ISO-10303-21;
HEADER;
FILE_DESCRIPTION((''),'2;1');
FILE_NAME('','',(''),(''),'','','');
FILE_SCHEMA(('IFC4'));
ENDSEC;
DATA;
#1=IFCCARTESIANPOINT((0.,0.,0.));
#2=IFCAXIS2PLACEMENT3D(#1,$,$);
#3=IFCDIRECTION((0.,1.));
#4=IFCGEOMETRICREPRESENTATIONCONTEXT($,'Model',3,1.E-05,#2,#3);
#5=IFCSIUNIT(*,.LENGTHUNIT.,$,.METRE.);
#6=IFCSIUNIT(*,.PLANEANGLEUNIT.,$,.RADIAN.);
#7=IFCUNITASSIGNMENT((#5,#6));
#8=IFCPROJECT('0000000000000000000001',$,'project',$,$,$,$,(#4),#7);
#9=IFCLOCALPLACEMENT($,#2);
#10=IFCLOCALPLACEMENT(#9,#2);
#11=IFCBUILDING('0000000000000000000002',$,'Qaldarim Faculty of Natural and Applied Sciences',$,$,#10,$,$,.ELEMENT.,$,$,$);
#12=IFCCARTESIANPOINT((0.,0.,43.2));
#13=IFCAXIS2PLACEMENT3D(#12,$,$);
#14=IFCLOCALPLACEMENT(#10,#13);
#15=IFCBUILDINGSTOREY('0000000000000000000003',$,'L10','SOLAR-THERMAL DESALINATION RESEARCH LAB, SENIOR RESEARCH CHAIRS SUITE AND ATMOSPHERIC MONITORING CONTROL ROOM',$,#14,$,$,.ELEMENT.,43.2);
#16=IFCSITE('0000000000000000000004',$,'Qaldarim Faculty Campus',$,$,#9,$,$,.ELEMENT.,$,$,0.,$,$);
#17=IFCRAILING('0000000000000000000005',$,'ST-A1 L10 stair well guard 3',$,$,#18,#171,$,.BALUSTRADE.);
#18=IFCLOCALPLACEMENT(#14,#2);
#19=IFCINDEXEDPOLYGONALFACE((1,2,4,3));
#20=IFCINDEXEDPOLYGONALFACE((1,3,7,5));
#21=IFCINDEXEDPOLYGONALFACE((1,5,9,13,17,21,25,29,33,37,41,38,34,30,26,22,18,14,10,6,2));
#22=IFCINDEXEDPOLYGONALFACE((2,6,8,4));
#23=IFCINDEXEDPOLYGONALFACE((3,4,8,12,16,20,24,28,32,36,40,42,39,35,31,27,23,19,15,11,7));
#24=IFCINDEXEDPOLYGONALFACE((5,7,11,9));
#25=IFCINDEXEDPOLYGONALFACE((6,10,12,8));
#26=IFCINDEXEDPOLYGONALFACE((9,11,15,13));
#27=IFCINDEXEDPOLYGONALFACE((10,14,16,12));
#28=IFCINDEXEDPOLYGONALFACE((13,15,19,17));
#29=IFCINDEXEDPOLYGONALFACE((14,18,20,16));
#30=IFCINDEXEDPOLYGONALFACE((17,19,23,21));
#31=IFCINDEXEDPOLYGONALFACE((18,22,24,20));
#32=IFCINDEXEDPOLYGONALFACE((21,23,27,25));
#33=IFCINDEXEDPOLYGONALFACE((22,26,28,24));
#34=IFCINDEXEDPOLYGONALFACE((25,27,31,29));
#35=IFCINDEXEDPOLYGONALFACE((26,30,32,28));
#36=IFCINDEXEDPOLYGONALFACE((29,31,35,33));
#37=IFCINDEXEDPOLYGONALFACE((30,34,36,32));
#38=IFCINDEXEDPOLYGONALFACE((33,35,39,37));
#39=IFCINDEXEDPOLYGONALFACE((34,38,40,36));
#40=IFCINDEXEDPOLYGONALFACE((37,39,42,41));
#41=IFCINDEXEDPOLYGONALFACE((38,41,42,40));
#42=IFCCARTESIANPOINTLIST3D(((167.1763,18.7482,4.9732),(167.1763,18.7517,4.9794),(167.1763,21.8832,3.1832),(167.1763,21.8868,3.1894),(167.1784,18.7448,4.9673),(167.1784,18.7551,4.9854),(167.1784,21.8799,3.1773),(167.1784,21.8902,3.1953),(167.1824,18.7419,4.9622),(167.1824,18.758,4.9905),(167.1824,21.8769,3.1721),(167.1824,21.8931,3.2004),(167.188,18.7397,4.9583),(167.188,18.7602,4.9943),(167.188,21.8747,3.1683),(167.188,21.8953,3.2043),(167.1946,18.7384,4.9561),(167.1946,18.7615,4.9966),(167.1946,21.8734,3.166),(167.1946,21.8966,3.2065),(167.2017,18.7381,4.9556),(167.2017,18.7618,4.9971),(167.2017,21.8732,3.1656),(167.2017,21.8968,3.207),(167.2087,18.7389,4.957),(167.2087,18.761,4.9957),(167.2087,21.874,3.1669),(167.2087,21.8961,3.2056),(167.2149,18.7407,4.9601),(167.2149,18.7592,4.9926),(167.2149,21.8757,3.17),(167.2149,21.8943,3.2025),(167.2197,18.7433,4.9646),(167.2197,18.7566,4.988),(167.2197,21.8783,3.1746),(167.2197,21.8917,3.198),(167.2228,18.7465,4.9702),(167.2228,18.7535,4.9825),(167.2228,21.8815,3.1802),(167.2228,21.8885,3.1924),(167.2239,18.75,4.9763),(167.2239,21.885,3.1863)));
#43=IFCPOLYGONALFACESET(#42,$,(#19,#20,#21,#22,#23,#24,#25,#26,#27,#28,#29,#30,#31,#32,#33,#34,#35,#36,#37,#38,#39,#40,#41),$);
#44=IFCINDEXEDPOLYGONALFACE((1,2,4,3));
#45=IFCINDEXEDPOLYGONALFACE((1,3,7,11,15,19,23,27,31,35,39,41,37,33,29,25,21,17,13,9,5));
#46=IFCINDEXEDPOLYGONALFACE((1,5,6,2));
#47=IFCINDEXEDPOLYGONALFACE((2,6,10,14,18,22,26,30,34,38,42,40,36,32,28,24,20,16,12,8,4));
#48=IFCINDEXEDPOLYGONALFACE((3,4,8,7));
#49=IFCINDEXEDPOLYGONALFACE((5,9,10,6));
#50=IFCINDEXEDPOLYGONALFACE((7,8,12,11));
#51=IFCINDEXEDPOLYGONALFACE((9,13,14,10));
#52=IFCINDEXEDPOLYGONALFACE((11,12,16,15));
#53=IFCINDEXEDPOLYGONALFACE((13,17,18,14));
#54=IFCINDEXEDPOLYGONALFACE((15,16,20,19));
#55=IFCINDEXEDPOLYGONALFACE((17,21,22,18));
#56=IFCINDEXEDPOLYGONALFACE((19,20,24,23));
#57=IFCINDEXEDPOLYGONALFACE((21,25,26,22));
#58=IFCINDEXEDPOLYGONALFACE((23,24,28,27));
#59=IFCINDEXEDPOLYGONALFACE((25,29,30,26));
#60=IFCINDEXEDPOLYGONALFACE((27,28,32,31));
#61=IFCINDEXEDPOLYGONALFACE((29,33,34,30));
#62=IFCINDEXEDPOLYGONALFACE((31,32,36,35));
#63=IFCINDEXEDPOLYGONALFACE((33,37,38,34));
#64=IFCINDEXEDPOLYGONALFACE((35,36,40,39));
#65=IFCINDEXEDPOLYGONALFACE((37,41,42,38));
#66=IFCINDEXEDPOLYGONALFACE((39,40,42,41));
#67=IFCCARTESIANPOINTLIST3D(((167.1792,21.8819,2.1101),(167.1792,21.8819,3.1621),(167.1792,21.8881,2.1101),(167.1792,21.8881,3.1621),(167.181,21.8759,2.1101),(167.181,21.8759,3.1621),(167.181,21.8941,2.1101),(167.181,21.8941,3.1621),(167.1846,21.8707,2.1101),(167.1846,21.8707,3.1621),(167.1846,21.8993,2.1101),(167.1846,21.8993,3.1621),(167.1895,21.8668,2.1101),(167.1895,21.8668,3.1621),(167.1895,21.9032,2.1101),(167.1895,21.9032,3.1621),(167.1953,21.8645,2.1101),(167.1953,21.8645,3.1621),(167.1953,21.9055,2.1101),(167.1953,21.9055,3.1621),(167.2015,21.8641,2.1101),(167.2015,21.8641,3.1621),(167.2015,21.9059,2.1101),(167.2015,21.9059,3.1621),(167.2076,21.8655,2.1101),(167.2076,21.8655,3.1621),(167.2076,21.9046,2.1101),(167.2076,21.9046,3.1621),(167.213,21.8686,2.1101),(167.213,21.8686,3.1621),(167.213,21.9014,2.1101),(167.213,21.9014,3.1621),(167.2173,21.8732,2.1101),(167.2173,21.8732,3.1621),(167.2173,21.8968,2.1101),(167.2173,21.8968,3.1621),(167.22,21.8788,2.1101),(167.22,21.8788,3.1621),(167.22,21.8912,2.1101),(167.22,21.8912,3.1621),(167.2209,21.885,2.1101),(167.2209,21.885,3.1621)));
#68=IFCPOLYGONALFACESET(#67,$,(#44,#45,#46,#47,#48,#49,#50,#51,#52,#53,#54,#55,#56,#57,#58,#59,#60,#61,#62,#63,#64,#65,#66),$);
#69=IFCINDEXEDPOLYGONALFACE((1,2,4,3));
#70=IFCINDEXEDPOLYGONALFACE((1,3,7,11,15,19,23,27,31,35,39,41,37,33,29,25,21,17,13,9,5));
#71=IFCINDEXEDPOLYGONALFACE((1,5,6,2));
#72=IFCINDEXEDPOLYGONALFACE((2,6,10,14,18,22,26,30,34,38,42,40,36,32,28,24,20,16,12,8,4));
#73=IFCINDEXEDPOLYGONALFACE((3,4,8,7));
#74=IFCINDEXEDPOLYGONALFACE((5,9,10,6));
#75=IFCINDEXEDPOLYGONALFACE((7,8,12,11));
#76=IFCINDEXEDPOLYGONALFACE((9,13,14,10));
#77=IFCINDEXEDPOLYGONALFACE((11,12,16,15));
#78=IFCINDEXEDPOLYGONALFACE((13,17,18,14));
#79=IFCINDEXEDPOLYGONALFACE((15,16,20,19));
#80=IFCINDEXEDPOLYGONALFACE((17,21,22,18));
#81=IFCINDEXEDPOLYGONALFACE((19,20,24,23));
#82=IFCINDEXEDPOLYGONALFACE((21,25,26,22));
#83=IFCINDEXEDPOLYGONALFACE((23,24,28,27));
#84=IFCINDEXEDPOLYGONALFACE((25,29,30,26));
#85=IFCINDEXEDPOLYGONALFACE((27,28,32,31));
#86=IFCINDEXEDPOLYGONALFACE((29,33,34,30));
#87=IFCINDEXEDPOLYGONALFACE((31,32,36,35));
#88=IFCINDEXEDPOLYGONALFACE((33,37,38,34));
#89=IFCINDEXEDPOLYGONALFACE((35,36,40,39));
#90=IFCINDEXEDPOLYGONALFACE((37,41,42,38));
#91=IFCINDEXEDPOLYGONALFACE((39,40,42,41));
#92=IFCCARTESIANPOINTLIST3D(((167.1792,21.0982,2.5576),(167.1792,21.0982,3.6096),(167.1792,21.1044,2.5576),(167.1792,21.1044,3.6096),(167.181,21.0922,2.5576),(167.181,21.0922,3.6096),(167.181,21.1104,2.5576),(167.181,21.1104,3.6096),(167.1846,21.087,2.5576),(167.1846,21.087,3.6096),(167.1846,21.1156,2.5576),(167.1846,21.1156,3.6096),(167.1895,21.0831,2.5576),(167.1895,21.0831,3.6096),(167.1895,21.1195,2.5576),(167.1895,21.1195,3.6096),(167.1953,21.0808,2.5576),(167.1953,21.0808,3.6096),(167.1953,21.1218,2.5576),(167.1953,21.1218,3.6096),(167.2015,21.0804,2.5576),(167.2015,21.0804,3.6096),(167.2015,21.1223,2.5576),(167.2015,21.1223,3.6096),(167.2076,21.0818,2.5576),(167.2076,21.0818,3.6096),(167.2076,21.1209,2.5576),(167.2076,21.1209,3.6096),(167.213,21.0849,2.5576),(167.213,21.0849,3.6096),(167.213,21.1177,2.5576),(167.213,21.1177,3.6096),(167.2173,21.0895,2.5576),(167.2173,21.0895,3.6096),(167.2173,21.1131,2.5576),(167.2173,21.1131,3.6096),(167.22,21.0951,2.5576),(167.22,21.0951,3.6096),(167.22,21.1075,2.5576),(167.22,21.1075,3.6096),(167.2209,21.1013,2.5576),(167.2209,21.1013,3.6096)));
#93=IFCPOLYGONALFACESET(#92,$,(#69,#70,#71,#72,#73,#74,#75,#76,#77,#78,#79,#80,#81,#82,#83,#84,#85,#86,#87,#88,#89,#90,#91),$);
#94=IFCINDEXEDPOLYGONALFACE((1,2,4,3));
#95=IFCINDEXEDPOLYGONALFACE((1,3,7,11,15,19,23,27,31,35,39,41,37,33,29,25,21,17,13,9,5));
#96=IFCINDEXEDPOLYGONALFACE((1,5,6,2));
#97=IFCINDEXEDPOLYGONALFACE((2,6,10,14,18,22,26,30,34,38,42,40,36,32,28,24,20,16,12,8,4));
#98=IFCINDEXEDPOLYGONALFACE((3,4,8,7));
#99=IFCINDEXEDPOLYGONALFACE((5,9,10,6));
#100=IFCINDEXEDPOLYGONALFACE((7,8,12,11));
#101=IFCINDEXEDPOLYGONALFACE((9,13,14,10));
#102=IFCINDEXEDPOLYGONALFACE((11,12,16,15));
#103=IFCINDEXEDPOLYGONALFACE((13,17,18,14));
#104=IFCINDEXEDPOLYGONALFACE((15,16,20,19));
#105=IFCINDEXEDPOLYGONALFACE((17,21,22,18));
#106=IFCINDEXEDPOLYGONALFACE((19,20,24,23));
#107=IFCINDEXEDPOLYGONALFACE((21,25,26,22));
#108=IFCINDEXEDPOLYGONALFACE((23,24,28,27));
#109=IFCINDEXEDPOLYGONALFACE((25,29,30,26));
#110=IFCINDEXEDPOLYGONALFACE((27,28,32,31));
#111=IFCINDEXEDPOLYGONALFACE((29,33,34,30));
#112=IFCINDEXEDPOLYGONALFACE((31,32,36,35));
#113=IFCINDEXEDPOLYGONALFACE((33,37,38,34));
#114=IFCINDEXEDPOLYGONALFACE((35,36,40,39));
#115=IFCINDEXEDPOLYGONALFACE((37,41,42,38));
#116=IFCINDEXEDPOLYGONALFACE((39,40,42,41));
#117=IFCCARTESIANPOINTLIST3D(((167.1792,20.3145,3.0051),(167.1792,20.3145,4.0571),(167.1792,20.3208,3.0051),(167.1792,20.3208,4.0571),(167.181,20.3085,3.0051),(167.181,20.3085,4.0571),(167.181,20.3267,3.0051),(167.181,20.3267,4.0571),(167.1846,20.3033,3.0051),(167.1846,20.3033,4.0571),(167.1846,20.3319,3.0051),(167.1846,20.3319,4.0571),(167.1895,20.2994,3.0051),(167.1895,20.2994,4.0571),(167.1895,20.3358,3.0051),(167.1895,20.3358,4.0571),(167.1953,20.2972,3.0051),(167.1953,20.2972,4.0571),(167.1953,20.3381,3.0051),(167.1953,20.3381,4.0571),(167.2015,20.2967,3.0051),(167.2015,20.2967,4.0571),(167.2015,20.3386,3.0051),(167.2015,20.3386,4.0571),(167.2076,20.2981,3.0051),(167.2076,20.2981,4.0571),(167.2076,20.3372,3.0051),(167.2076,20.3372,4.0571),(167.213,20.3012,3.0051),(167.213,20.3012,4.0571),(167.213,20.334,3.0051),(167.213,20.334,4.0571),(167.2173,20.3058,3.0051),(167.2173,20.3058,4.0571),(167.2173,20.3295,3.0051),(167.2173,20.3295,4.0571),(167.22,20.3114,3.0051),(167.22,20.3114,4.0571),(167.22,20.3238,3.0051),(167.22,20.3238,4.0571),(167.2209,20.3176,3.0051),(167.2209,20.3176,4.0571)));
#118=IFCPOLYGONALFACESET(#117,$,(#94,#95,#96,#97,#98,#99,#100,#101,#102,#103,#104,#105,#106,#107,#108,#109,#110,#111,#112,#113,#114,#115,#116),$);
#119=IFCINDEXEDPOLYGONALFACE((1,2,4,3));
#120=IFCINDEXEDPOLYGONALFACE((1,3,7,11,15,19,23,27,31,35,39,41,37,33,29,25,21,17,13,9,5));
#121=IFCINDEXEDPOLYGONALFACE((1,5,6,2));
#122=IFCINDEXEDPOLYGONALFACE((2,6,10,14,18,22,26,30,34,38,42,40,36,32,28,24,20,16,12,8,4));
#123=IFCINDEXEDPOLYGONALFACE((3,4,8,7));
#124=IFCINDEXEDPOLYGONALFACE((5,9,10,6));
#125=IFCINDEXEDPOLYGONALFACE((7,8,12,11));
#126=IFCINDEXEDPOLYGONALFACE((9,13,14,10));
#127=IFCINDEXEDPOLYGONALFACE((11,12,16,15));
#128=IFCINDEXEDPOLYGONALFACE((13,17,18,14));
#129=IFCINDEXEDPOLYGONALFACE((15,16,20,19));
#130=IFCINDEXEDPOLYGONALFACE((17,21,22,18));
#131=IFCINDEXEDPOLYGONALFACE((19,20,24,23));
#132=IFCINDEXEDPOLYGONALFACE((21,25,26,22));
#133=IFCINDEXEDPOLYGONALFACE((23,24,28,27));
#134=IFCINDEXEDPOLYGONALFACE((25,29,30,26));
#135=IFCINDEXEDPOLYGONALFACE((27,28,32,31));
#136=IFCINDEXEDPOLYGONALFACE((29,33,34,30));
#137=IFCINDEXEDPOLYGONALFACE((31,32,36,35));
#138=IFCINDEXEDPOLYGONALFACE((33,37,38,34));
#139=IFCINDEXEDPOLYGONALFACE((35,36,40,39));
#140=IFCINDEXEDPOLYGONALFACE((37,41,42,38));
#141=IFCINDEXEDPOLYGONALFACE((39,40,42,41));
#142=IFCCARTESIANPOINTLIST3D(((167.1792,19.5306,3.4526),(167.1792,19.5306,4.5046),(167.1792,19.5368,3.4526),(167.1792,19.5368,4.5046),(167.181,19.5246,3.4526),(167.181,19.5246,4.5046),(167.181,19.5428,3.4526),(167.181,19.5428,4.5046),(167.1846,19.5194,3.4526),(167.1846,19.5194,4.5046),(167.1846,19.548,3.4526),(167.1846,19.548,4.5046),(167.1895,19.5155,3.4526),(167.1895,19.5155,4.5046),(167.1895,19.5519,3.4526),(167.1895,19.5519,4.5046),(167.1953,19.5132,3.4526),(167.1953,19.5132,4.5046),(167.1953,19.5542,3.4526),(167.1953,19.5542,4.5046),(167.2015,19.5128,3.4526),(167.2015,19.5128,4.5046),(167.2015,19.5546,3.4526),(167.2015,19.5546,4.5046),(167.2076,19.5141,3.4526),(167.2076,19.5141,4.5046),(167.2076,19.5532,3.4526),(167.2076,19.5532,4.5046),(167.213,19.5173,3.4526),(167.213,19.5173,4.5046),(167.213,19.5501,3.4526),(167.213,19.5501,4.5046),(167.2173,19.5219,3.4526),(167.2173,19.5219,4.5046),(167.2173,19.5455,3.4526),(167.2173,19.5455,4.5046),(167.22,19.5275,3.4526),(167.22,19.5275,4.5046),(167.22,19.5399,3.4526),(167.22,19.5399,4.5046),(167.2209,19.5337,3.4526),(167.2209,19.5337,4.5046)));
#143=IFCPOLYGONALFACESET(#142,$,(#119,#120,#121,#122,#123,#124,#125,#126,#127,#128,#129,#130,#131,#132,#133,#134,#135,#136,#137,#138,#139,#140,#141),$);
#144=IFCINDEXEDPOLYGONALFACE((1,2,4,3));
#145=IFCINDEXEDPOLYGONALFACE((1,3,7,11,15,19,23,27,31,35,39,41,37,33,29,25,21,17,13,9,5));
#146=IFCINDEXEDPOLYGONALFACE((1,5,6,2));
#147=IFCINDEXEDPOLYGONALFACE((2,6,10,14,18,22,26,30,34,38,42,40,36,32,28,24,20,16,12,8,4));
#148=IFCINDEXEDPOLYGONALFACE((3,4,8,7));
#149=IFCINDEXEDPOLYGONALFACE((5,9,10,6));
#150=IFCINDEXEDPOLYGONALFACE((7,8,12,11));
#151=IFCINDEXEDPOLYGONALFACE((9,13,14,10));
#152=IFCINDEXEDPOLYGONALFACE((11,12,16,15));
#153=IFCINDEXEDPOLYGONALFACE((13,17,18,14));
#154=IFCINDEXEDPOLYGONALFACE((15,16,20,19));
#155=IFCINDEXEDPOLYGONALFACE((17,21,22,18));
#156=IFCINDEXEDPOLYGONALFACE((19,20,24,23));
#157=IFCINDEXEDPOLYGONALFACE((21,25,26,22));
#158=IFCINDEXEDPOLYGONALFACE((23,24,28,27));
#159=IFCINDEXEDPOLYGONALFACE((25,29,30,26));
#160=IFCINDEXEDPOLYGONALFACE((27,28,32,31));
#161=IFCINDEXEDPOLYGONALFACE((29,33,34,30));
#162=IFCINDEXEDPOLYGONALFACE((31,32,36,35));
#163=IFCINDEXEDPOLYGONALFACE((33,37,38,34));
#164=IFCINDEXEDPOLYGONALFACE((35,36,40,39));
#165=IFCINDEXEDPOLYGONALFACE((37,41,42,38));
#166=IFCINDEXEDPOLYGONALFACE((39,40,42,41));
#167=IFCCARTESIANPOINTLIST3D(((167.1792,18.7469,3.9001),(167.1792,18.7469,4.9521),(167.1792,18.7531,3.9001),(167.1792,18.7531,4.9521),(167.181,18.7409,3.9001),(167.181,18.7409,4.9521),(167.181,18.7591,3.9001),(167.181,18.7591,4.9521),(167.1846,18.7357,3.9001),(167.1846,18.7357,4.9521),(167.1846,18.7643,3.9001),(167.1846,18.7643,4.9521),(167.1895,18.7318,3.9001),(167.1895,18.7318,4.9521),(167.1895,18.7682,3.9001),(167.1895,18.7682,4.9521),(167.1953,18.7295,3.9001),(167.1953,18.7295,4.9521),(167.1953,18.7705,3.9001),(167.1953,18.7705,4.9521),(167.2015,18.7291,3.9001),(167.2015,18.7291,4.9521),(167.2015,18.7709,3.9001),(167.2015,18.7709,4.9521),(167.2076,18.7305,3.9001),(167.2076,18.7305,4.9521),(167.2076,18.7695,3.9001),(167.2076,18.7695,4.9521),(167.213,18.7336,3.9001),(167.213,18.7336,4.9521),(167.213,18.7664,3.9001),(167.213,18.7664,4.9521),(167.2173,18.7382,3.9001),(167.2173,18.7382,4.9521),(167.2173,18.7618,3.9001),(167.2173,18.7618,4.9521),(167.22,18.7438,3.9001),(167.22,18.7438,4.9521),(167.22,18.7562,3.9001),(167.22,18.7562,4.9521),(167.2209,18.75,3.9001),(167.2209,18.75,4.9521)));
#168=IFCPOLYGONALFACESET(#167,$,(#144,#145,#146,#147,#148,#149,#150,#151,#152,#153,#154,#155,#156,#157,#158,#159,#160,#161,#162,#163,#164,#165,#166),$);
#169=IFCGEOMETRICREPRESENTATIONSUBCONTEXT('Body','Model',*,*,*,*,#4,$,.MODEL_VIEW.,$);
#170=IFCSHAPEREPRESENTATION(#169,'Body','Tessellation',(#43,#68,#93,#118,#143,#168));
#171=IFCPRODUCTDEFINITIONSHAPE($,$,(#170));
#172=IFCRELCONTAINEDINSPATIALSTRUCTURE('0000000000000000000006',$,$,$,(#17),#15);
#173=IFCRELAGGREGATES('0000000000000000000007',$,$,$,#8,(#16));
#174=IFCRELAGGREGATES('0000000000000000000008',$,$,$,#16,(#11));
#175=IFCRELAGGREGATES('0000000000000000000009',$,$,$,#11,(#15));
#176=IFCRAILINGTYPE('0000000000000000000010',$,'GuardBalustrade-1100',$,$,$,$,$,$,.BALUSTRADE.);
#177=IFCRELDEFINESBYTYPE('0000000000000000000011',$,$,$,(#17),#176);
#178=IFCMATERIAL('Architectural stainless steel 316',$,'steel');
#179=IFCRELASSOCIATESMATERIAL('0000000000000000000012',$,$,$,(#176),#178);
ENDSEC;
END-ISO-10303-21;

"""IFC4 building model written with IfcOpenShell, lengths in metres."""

from ifc_helpers import new_model, si_unit, direction, frame, origin, origin_2d, place, context, subcontext, project, spatial, circle, extrude, material, type_object, element, save


model = new_model("IFC4")

# Units and contexts
model_context = context("Model", 3, precision=1e-05, world=origin(), true_north=direction((0.0, 1.0)))
body_context = subcontext(model_context, "Body", "Model", "MODEL_VIEW")
ifc_project = project(units=[si_unit("LENGTHUNIT", "METRE"), si_unit("PLANEANGLEUNIT", "RADIAN")], contexts=[model_context])

# Site, building, storey
site_placement = place(None, origin())
site = spatial("IfcSite", under=ifc_project, at=site_placement, Name="Qaldarim Faculty Campus", CompositionType="ELEMENT", RefElevation=0.0)
building_placement = place(site_placement, origin())
building = spatial("IfcBuilding", under=site, at=building_placement, Name="Qaldarim Faculty of Natural and Applied Sciences", CompositionType="ELEMENT")
storey_placement = place(building_placement, frame((0.0, 0.0, 43.2)))
storey = spatial("IfcBuildingStorey", under=building, at=storey_placement, Name="L10", Description="SOLAR-THERMAL DESALINATION RESEARCH LAB, SENIOR RESEARCH CHAIRS SUITE AND ATMOSPHERIC MONITORING CONTROL ROOM", CompositionType="ELEMENT", Elevation=43.2)

# Shared definitions
ifc_material_1 = material(Name="Architectural stainless steel 316", Category="steel")

# Railing
railing_type_1 = type_object("IfcRailingType", Name="GuardBalustrade-1100", PredefinedType="BALUSTRADE", material=ifc_material_1)
railing_1_placement = place(storey_placement, frame((167.2, 21.885, 2.1101)))
element("IfcRailing", 1, at=railing_1_placement, inside=storey, type_object=railing_type_1, Name="ST-A1 L10 stair well guard 3", PredefinedType="BALUSTRADE", context=body_context, shape_type="SweptSolid", body=[
    extrude(circle(Radius=0.0239, at=origin_2d()), frame((0.0, 0.0, 1.0762), z_axis=(0.0, -0.86841, 0.495848), x_axis=(1.0, 0.0, 0.0)), (0.0, 0.0, 1.0), 3.6101),
    extrude(circle(Radius=0.021, at=origin_2d()), origin(), (0.0, 0.0, 1.0), 1.052),
    extrude(circle(Radius=0.021, at=origin_2d()), frame((0.0, -0.7837, 0.4475)), (0.0, 0.0, 1.0), 1.052),
    extrude(circle(Radius=0.021, at=origin_2d()), frame((0.0, -1.5674, 0.895)), (0.0, 0.0, 1.0), 1.052),
    extrude(circle(Radius=0.021, at=origin_2d()), frame((0.0, -2.3513, 1.3425)), (0.0, 0.0, 1.0), 1.052),
    extrude(circle(Radius=0.021, at=origin_2d()), frame((0.0, -3.135, 1.79)), (0.0, 0.0, 1.0), 1.052),
])

save(model, "model.ifc")
